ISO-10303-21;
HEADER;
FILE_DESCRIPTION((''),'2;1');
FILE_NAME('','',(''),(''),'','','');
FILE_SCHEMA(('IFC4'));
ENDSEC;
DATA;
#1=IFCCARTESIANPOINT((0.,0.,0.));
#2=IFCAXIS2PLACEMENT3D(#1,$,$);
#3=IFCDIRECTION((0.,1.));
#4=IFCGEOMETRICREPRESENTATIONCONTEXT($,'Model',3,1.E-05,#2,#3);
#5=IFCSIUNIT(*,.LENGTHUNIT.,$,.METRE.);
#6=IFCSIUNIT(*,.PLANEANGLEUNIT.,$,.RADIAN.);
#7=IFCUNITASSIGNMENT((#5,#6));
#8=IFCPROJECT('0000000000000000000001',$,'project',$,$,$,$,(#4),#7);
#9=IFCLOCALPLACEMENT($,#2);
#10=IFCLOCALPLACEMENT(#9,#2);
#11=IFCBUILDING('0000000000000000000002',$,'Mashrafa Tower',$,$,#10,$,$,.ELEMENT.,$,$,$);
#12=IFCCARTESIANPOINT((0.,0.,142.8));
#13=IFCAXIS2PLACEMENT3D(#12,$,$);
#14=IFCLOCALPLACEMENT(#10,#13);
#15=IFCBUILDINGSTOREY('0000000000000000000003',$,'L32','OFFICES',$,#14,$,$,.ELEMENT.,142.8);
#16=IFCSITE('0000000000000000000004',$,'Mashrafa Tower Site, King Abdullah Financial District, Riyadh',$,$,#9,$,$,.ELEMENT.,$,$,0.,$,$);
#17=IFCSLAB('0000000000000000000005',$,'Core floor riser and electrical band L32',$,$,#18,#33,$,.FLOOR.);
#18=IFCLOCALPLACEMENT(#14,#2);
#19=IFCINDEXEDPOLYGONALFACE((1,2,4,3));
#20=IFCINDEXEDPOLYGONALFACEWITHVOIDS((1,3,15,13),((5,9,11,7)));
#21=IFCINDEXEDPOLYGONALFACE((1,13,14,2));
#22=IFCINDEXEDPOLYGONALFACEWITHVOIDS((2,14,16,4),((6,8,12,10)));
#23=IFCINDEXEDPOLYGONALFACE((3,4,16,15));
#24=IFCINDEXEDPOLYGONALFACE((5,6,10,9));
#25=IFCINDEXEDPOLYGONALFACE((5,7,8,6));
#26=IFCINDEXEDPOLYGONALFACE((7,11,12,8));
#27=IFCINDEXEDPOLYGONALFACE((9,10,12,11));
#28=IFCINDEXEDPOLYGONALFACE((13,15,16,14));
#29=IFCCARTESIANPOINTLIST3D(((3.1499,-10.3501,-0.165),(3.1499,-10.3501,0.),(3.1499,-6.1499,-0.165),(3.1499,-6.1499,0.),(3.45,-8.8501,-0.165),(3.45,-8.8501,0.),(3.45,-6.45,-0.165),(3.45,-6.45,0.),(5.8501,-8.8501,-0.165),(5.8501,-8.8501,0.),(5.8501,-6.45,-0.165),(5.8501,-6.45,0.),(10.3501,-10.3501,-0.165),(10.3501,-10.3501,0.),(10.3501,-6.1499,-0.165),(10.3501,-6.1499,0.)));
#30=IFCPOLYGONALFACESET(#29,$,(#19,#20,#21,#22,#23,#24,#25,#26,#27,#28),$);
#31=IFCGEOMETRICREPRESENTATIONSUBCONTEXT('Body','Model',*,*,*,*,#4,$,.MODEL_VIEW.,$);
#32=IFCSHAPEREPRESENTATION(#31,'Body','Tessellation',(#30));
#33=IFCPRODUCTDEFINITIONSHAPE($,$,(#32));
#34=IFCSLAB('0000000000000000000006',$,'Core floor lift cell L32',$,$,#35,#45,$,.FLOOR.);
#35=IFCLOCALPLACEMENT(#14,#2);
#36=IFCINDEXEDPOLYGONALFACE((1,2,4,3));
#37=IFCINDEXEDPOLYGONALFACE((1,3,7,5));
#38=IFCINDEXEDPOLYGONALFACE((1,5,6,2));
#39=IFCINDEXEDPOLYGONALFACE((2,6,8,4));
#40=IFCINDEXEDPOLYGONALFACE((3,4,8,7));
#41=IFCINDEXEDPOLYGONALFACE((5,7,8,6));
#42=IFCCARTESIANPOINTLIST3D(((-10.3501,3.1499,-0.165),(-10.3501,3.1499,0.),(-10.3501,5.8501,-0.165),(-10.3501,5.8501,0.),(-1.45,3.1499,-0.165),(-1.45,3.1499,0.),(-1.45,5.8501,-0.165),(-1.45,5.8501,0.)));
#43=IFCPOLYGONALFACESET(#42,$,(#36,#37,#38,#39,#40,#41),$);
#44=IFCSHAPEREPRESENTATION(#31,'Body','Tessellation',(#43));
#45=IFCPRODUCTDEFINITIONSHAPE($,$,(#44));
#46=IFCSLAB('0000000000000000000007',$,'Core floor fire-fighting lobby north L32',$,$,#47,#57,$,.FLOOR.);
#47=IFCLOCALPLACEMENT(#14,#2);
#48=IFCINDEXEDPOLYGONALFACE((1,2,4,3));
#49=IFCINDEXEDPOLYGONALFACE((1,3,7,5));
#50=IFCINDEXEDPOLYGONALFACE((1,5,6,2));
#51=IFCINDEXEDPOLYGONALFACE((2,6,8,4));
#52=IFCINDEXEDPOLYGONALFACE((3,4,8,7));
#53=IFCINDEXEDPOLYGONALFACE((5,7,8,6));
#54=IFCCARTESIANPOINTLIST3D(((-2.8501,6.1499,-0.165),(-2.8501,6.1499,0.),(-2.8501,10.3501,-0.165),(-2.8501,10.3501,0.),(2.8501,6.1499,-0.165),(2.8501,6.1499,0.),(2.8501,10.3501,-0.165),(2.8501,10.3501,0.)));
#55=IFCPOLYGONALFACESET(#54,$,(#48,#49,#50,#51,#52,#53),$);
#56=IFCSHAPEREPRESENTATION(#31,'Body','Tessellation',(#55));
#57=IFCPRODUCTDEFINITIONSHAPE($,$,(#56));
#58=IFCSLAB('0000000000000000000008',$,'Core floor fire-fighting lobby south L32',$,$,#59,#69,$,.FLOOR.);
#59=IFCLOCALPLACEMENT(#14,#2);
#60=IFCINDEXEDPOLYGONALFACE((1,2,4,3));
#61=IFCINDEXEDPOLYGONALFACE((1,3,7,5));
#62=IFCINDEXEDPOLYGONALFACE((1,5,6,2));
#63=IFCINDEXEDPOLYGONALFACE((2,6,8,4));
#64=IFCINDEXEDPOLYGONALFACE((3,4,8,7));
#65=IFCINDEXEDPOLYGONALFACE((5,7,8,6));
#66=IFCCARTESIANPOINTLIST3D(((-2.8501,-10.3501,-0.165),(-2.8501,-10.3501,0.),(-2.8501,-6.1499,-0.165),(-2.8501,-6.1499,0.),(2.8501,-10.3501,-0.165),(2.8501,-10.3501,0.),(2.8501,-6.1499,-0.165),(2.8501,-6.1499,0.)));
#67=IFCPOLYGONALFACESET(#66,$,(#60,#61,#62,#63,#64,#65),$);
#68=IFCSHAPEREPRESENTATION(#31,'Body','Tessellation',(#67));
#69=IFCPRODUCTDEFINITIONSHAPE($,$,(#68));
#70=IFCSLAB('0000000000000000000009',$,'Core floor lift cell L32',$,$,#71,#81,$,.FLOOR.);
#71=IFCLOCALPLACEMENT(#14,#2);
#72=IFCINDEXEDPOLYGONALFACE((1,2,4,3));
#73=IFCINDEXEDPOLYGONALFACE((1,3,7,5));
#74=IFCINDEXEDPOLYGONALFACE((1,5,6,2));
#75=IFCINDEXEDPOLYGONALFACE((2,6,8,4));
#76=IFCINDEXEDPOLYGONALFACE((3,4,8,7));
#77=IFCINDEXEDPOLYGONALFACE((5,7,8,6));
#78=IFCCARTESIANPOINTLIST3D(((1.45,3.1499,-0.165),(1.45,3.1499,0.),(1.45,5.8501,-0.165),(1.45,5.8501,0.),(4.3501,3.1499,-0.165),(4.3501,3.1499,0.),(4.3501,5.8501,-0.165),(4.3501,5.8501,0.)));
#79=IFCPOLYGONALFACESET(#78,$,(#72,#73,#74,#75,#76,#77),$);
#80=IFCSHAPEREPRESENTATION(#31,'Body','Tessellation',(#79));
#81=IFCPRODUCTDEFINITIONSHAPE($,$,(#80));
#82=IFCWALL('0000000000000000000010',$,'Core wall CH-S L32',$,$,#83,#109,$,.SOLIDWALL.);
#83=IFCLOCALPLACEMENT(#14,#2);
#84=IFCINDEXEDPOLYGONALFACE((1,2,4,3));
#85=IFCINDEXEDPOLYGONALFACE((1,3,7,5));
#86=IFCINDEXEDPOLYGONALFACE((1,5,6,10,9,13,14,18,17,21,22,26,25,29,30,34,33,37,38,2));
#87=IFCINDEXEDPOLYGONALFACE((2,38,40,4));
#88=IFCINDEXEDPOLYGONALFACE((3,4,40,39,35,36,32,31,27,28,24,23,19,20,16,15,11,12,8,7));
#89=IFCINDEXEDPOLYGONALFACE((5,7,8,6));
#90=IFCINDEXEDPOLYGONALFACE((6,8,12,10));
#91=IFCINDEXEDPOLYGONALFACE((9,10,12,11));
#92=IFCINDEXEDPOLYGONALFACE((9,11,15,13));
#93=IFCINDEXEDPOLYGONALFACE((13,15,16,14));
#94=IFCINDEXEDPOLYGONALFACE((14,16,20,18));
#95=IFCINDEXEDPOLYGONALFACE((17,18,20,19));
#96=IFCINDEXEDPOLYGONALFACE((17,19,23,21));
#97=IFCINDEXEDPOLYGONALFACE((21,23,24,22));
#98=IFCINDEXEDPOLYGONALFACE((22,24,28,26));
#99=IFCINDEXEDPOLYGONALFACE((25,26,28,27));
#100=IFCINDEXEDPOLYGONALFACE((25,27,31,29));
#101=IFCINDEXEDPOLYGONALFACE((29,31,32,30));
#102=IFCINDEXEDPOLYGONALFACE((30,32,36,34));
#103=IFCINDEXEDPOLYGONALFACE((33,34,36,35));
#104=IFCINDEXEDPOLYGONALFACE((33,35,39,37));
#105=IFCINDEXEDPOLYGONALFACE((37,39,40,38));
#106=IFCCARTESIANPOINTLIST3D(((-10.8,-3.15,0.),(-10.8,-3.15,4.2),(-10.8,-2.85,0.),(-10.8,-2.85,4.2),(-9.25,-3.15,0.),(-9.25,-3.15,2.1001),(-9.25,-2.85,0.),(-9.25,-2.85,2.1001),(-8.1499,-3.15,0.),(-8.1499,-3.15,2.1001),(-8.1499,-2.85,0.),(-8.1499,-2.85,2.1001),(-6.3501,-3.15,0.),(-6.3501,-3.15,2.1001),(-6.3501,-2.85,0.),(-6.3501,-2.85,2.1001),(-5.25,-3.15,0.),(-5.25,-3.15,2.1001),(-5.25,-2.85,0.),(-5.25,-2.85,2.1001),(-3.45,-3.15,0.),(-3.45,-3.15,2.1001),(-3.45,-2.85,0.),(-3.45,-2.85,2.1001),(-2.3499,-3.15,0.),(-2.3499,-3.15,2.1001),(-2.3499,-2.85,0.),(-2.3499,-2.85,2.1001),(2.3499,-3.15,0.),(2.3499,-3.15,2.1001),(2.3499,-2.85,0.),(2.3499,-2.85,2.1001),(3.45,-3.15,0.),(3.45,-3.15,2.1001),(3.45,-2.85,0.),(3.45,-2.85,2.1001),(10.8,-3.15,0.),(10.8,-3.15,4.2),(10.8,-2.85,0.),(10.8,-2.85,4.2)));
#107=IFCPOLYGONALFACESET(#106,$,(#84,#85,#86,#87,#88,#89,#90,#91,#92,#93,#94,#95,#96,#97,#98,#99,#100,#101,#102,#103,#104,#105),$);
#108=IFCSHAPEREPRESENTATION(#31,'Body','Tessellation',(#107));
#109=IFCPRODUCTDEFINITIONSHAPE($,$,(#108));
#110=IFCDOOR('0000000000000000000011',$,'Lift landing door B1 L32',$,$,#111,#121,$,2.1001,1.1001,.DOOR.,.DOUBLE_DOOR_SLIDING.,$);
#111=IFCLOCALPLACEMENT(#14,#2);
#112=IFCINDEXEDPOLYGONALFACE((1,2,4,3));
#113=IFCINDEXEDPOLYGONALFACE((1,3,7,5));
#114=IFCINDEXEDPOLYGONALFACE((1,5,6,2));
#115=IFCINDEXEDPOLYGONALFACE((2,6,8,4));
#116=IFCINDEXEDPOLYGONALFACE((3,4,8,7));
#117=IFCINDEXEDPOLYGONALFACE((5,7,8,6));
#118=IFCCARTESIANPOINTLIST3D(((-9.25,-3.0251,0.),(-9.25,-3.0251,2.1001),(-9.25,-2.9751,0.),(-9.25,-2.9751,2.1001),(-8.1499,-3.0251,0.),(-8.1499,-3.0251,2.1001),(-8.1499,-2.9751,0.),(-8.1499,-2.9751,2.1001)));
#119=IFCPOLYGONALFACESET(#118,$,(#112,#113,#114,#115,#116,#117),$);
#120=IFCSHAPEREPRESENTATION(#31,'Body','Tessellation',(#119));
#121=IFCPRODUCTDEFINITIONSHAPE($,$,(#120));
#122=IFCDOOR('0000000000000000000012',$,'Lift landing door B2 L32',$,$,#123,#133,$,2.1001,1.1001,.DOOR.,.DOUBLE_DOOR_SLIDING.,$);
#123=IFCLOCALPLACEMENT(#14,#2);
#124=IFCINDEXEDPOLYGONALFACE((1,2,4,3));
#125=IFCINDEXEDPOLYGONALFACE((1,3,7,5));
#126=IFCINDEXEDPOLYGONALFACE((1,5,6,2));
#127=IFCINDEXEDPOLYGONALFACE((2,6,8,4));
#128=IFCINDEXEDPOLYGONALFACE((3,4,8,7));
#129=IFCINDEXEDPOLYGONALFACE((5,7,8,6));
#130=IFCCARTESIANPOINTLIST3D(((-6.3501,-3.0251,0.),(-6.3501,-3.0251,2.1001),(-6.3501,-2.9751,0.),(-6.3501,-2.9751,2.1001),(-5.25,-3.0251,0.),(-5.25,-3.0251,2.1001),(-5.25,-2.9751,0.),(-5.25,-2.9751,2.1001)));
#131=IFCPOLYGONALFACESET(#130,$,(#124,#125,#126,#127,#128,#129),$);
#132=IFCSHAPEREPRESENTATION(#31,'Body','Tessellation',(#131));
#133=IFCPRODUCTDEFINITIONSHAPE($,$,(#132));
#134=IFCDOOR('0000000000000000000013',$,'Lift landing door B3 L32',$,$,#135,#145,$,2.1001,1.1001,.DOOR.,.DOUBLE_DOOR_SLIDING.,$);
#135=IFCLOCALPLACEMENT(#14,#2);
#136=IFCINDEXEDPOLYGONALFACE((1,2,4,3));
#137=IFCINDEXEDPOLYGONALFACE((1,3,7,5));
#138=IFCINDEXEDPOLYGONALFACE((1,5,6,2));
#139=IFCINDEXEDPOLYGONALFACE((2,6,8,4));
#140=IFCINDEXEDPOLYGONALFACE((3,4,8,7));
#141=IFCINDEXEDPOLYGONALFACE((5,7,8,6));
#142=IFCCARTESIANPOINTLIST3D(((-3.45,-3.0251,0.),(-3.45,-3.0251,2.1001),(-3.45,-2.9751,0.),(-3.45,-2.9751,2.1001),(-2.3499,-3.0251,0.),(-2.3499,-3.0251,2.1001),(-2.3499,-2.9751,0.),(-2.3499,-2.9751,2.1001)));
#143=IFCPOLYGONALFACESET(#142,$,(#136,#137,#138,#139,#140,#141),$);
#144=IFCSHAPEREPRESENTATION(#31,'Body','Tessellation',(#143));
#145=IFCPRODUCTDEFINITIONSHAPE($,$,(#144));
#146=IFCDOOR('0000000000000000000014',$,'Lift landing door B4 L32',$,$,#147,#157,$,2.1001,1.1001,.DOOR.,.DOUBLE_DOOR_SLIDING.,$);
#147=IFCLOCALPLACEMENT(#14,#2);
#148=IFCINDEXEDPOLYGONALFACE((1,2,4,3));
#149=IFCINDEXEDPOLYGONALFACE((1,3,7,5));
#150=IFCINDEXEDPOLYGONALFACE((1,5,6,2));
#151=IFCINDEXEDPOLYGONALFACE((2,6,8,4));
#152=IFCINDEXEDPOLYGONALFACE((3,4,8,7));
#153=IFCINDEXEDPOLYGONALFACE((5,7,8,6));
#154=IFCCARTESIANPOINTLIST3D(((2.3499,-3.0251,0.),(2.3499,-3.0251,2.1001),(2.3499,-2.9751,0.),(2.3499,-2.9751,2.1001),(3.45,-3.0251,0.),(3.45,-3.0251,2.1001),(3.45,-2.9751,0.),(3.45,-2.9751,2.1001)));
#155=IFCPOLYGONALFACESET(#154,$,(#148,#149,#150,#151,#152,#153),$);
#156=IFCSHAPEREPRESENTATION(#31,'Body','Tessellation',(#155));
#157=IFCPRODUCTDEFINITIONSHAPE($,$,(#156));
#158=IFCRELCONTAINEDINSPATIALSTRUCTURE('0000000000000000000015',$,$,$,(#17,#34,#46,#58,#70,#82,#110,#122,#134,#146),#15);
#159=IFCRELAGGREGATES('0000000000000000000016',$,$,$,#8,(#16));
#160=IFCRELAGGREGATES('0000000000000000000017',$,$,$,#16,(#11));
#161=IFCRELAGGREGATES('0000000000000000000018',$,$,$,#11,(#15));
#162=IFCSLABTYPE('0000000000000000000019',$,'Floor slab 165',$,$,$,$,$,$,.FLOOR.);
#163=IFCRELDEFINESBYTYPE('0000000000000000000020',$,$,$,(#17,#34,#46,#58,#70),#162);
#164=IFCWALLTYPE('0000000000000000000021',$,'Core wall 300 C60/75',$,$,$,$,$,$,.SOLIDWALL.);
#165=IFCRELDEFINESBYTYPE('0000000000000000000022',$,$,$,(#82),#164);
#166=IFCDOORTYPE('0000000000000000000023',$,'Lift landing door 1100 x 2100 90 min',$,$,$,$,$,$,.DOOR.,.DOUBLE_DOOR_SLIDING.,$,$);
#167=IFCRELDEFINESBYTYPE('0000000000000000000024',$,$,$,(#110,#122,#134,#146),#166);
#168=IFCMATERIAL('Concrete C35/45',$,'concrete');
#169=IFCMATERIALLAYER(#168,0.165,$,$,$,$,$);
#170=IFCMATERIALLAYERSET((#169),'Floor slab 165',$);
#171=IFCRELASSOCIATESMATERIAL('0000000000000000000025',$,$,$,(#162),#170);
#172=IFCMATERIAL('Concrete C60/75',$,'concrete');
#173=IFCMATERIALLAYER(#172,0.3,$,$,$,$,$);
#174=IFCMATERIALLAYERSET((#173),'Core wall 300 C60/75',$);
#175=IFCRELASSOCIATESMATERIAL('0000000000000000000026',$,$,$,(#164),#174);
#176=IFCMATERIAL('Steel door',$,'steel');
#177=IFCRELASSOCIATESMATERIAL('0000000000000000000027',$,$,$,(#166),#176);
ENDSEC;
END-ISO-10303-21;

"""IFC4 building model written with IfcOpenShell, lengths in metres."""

from ifc_helpers import new_model, si_unit, direction, frame, frame_2d, origin, place, context, subcontext, project, spatial, polyline, rectangle, outline, extrude, material, layer, layer_set, type_object, element, fill, save


model = new_model("IFC4")

# Units and contexts
model_context = context("Model", 3, precision=1e-05, world=origin(), true_north=direction((0.0, 1.0)))
body_context = subcontext(model_context, "Body", "Model", "MODEL_VIEW")
ifc_project = project(units=[si_unit("LENGTHUNIT", "METRE"), si_unit("PLANEANGLEUNIT", "RADIAN")], contexts=[model_context])

# Site, building, storey
site_placement = place(None, origin())
site = spatial("IfcSite", under=ifc_project, at=site_placement, Name="Mashrafa Tower Site, King Abdullah Financial District, Riyadh", CompositionType="ELEMENT", RefElevation=0.0)
building_placement = place(site_placement, origin())
building = spatial("IfcBuilding", under=site, at=building_placement, Name="Mashrafa Tower", CompositionType="ELEMENT")
storey_placement = place(building_placement, frame((0.0, 0.0, 142.8)))
storey = spatial("IfcBuildingStorey", under=building, at=storey_placement, Name="L32", Description="OFFICES", CompositionType="ELEMENT", Elevation=142.8)

# Slabs
ifc_material_1 = material(Name="Concrete C35/45", Category="concrete")
ifc_layer_1 = layer(ifc_material_1, 0.165)
ifc_layer_set_1 = layer_set([ifc_layer_1], Name="Floor slab 165")
slab_type = type_object("IfcSlabType", Name="Floor slab 165", PredefinedType="FLOOR", material=ifc_layer_set_1)
slab_1_placement = place(storey_placement, frame((0.0, 0.0, -0.165)))
element("IfcSlab", 1, at=slab_1_placement, inside=storey, type_object=slab_type, Name="Core floor riser and electrical band L32", PredefinedType="FLOOR", context=body_context, shape_type="SweptSolid", body=[
    extrude(outline(polyline([(10.3501, -6.1499), (10.3501, -10.3501), (3.1499, -10.3501), (3.1499, -6.1499), (10.3501, -6.1499)]), holes=[polyline([(3.45, -8.8501), (5.8501, -8.8501), (5.8501, -6.45), (3.45, -6.45), (3.45, -8.8501)])]), origin(), (0.0, 0.0, 1.0), 0.165),
])
slab_2_placement = place(storey_placement, frame((0.0, 0.0, -0.165)))
element("IfcSlab", 2, at=slab_2_placement, inside=storey, type_object=slab_type, Name="Core floor lift cell L32", PredefinedType="FLOOR", context=body_context, shape_type="SweptSolid", body=[
    extrude(outline(polyline([(-1.45, 3.1499), (-10.3501, 3.1499), (-10.3501, 5.8501), (-1.45, 5.8501), (-1.45, 3.1499)])), origin(), (0.0, 0.0, 1.0), 0.165),
])
slab_3_placement = place(storey_placement, frame((0.0, 0.0, -0.165)))
element("IfcSlab", 3, at=slab_3_placement, inside=storey, type_object=slab_type, Name="Core floor fire-fighting lobby north L32", PredefinedType="FLOOR", context=body_context, shape_type="SweptSolid", body=[
    extrude(outline(polyline([(-2.8501, 10.3501), (2.8501, 10.3501), (2.8501, 6.1499), (-2.8501, 6.1499), (-2.8501, 10.3501)])), origin(), (0.0, 0.0, 1.0), 0.165),
])
slab_4_placement = place(storey_placement, frame((0.0, 0.0, -0.165)))
element("IfcSlab", 4, at=slab_4_placement, inside=storey, type_object=slab_type, Name="Core floor fire-fighting lobby south L32", PredefinedType="FLOOR", context=body_context, shape_type="SweptSolid", body=[
    extrude(outline(polyline([(2.8501, -6.1499), (2.8501, -10.3501), (-2.8501, -10.3501), (-2.8501, -6.1499), (2.8501, -6.1499)])), origin(), (0.0, 0.0, 1.0), 0.165),
])
slab_5_placement = place(storey_placement, frame((0.0, 0.0, -0.165)))
element("IfcSlab", 5, at=slab_5_placement, inside=storey, type_object=slab_type, Name="Core floor lift cell L32", PredefinedType="FLOOR", context=body_context, shape_type="SweptSolid", body=[
    extrude(outline(polyline([(4.3501, 5.8501), (4.3501, 3.1499), (1.45, 3.1499), (1.45, 5.8501), (4.3501, 5.8501)])), origin(), (0.0, 0.0, 1.0), 0.165),
])

# Wall, openings, doors
ifc_material_2 = material(Name="Concrete C60/75", Category="concrete")
ifc_layer_2 = layer(ifc_material_2, 0.3)
ifc_layer_set_2 = layer_set([ifc_layer_2], Name="Core wall 300 C60/75")
wall_type_1 = type_object("IfcWallType", Name="Core wall 300 C60/75", PredefinedType="SOLIDWALL", material=ifc_layer_set_2)
wall_1_placement = place(storey_placement, frame((-10.8, -3.0, 0.0), z_axis=(0.0, 0.0, 1.0), x_axis=(1.0, 0.0, 0.0)))
wall_1 = element("IfcWall", 6, at=wall_1_placement, inside=storey, type_object=wall_type_1, Name="Core wall CH-S L32", PredefinedType="SOLIDWALL", context=body_context, shape_type="SweptSolid", body=[
    extrude(rectangle(XDim=21.6001, YDim=0.3, at=frame_2d((10.8, 0.0))), origin(), (0.0, 0.0, 1.0), 4.2),
])
opening_1_placement = place(wall_1_placement, frame((1.55, 0.0, 0.0)))
opening_1 = element("IfcOpeningElement", 7, at=opening_1_placement, cuts=wall_1, PredefinedType="OPENING", context=body_context, shape_type="SweptSolid", body=[
    extrude(rectangle(XDim=1.1001, YDim=2.1001, at=frame_2d((0.55, 1.05))), frame((0.0, 0.1599, 0.0), z_axis=(0.0, -1.0, 0.0), x_axis=(1.0, 0.0, 0.0)), (0.0, 0.0, 1.0), 0.3201),
])
opening_2_placement = place(wall_1_placement, frame((4.45, 0.0, 0.0)))
opening_2 = element("IfcOpeningElement", 8, at=opening_2_placement, cuts=wall_1, PredefinedType="OPENING", context=body_context, shape_type="SweptSolid", body=[
    extrude(rectangle(XDim=1.1001, YDim=2.1001, at=frame_2d((0.55, 1.05))), frame((0.0, 0.1599, 0.0), z_axis=(0.0, -1.0, 0.0), x_axis=(1.0, 0.0, 0.0)), (0.0, 0.0, 1.0), 0.3201),
])
opening_3_placement = place(wall_1_placement, frame((7.3501, 0.0, 0.0)))
opening_3 = element("IfcOpeningElement", 9, at=opening_3_placement, cuts=wall_1, PredefinedType="OPENING", context=body_context, shape_type="SweptSolid", body=[
    extrude(rectangle(XDim=1.1001, YDim=2.1001, at=frame_2d((0.55, 1.05))), frame((0.0, 0.1599, 0.0), z_axis=(0.0, -1.0, 0.0), x_axis=(1.0, 0.0, 0.0)), (0.0, 0.0, 1.0), 0.3201),
])
opening_4_placement = place(wall_1_placement, frame((13.1499, 0.0, 0.0)))
opening_4 = element("IfcOpeningElement", 10, at=opening_4_placement, cuts=wall_1, PredefinedType="OPENING", context=body_context, shape_type="SweptSolid", body=[
    extrude(rectangle(XDim=1.1001, YDim=2.1001, at=frame_2d((0.55, 1.05))), frame((0.0, 0.1599, 0.0), z_axis=(0.0, -1.0, 0.0), x_axis=(1.0, 0.0, 0.0)), (0.0, 0.0, 1.0), 0.3201),
])
ifc_material_3 = material(Name="Steel door", Category="steel")
door_type_1 = type_object("IfcDoorType", Name="Lift landing door 1100 x 2100 90 min", OperationType="DOUBLE_DOOR_SLIDING", PredefinedType="DOOR", material=ifc_material_3)
door_1_placement = place(opening_1_placement, origin())
door_1 = element("IfcDoor", 11, at=door_1_placement, inside=storey, type_object=door_type_1, Name="Lift landing door B1 L32", OperationType="DOUBLE_DOOR_SLIDING", OverallHeight=2.1001, OverallWidth=1.1001, PredefinedType="DOOR", context=body_context, shape_type="SweptSolid", body=[
    extrude(rectangle(XDim=1.1001, YDim=2.1001, at=frame_2d((0.55, 1.05))), frame((0.0, 0.0249, 0.0), z_axis=(0.0, -1.0, 0.0), x_axis=(1.0, 0.0, 0.0)), (0.0, 0.0, 1.0), 0.05),
])
fill(opening_1, door_1)
door_2_placement = place(opening_2_placement, origin())
door_2 = element("IfcDoor", 12, at=door_2_placement, inside=storey, type_object=door_type_1, Name="Lift landing door B2 L32", OperationType="DOUBLE_DOOR_SLIDING", OverallHeight=2.1001, OverallWidth=1.1001, PredefinedType="DOOR", context=body_context, shape_type="SweptSolid", body=[
    extrude(rectangle(XDim=1.1001, YDim=2.1001, at=frame_2d((0.55, 1.05))), frame((0.0, 0.0249, 0.0), z_axis=(0.0, -1.0, 0.0), x_axis=(1.0, 0.0, 0.0)), (0.0, 0.0, 1.0), 0.05),
])
fill(opening_2, door_2)
door_3_placement = place(opening_3_placement, origin())
door_3 = element("IfcDoor", 13, at=door_3_placement, inside=storey, type_object=door_type_1, Name="Lift landing door B3 L32", OperationType="DOUBLE_DOOR_SLIDING", OverallHeight=2.1001, OverallWidth=1.1001, PredefinedType="DOOR", context=body_context, shape_type="SweptSolid", body=[
    extrude(rectangle(XDim=1.1001, YDim=2.1001, at=frame_2d((0.55, 1.05))), frame((0.0, 0.0249, 0.0), z_axis=(0.0, -1.0, 0.0), x_axis=(1.0, 0.0, 0.0)), (0.0, 0.0, 1.0), 0.05),
])
fill(opening_3, door_3)
door_4_placement = place(opening_4_placement, origin())
door_4 = element("IfcDoor", 14, at=door_4_placement, inside=storey, type_object=door_type_1, Name="Lift landing door B4 L32", OperationType="DOUBLE_DOOR_SLIDING", OverallHeight=2.1001, OverallWidth=1.1001, PredefinedType="DOOR", context=body_context, shape_type="SweptSolid", body=[
    extrude(rectangle(XDim=1.1001, YDim=2.1001, at=frame_2d((0.55, 1.05))), frame((0.0, 0.0249, 0.0), z_axis=(0.0, -1.0, 0.0), x_axis=(1.0, 0.0, 0.0)), (0.0, 0.0, 1.0), 0.05),
])
fill(opening_4, door_4)

save(model, "model.ifc")
